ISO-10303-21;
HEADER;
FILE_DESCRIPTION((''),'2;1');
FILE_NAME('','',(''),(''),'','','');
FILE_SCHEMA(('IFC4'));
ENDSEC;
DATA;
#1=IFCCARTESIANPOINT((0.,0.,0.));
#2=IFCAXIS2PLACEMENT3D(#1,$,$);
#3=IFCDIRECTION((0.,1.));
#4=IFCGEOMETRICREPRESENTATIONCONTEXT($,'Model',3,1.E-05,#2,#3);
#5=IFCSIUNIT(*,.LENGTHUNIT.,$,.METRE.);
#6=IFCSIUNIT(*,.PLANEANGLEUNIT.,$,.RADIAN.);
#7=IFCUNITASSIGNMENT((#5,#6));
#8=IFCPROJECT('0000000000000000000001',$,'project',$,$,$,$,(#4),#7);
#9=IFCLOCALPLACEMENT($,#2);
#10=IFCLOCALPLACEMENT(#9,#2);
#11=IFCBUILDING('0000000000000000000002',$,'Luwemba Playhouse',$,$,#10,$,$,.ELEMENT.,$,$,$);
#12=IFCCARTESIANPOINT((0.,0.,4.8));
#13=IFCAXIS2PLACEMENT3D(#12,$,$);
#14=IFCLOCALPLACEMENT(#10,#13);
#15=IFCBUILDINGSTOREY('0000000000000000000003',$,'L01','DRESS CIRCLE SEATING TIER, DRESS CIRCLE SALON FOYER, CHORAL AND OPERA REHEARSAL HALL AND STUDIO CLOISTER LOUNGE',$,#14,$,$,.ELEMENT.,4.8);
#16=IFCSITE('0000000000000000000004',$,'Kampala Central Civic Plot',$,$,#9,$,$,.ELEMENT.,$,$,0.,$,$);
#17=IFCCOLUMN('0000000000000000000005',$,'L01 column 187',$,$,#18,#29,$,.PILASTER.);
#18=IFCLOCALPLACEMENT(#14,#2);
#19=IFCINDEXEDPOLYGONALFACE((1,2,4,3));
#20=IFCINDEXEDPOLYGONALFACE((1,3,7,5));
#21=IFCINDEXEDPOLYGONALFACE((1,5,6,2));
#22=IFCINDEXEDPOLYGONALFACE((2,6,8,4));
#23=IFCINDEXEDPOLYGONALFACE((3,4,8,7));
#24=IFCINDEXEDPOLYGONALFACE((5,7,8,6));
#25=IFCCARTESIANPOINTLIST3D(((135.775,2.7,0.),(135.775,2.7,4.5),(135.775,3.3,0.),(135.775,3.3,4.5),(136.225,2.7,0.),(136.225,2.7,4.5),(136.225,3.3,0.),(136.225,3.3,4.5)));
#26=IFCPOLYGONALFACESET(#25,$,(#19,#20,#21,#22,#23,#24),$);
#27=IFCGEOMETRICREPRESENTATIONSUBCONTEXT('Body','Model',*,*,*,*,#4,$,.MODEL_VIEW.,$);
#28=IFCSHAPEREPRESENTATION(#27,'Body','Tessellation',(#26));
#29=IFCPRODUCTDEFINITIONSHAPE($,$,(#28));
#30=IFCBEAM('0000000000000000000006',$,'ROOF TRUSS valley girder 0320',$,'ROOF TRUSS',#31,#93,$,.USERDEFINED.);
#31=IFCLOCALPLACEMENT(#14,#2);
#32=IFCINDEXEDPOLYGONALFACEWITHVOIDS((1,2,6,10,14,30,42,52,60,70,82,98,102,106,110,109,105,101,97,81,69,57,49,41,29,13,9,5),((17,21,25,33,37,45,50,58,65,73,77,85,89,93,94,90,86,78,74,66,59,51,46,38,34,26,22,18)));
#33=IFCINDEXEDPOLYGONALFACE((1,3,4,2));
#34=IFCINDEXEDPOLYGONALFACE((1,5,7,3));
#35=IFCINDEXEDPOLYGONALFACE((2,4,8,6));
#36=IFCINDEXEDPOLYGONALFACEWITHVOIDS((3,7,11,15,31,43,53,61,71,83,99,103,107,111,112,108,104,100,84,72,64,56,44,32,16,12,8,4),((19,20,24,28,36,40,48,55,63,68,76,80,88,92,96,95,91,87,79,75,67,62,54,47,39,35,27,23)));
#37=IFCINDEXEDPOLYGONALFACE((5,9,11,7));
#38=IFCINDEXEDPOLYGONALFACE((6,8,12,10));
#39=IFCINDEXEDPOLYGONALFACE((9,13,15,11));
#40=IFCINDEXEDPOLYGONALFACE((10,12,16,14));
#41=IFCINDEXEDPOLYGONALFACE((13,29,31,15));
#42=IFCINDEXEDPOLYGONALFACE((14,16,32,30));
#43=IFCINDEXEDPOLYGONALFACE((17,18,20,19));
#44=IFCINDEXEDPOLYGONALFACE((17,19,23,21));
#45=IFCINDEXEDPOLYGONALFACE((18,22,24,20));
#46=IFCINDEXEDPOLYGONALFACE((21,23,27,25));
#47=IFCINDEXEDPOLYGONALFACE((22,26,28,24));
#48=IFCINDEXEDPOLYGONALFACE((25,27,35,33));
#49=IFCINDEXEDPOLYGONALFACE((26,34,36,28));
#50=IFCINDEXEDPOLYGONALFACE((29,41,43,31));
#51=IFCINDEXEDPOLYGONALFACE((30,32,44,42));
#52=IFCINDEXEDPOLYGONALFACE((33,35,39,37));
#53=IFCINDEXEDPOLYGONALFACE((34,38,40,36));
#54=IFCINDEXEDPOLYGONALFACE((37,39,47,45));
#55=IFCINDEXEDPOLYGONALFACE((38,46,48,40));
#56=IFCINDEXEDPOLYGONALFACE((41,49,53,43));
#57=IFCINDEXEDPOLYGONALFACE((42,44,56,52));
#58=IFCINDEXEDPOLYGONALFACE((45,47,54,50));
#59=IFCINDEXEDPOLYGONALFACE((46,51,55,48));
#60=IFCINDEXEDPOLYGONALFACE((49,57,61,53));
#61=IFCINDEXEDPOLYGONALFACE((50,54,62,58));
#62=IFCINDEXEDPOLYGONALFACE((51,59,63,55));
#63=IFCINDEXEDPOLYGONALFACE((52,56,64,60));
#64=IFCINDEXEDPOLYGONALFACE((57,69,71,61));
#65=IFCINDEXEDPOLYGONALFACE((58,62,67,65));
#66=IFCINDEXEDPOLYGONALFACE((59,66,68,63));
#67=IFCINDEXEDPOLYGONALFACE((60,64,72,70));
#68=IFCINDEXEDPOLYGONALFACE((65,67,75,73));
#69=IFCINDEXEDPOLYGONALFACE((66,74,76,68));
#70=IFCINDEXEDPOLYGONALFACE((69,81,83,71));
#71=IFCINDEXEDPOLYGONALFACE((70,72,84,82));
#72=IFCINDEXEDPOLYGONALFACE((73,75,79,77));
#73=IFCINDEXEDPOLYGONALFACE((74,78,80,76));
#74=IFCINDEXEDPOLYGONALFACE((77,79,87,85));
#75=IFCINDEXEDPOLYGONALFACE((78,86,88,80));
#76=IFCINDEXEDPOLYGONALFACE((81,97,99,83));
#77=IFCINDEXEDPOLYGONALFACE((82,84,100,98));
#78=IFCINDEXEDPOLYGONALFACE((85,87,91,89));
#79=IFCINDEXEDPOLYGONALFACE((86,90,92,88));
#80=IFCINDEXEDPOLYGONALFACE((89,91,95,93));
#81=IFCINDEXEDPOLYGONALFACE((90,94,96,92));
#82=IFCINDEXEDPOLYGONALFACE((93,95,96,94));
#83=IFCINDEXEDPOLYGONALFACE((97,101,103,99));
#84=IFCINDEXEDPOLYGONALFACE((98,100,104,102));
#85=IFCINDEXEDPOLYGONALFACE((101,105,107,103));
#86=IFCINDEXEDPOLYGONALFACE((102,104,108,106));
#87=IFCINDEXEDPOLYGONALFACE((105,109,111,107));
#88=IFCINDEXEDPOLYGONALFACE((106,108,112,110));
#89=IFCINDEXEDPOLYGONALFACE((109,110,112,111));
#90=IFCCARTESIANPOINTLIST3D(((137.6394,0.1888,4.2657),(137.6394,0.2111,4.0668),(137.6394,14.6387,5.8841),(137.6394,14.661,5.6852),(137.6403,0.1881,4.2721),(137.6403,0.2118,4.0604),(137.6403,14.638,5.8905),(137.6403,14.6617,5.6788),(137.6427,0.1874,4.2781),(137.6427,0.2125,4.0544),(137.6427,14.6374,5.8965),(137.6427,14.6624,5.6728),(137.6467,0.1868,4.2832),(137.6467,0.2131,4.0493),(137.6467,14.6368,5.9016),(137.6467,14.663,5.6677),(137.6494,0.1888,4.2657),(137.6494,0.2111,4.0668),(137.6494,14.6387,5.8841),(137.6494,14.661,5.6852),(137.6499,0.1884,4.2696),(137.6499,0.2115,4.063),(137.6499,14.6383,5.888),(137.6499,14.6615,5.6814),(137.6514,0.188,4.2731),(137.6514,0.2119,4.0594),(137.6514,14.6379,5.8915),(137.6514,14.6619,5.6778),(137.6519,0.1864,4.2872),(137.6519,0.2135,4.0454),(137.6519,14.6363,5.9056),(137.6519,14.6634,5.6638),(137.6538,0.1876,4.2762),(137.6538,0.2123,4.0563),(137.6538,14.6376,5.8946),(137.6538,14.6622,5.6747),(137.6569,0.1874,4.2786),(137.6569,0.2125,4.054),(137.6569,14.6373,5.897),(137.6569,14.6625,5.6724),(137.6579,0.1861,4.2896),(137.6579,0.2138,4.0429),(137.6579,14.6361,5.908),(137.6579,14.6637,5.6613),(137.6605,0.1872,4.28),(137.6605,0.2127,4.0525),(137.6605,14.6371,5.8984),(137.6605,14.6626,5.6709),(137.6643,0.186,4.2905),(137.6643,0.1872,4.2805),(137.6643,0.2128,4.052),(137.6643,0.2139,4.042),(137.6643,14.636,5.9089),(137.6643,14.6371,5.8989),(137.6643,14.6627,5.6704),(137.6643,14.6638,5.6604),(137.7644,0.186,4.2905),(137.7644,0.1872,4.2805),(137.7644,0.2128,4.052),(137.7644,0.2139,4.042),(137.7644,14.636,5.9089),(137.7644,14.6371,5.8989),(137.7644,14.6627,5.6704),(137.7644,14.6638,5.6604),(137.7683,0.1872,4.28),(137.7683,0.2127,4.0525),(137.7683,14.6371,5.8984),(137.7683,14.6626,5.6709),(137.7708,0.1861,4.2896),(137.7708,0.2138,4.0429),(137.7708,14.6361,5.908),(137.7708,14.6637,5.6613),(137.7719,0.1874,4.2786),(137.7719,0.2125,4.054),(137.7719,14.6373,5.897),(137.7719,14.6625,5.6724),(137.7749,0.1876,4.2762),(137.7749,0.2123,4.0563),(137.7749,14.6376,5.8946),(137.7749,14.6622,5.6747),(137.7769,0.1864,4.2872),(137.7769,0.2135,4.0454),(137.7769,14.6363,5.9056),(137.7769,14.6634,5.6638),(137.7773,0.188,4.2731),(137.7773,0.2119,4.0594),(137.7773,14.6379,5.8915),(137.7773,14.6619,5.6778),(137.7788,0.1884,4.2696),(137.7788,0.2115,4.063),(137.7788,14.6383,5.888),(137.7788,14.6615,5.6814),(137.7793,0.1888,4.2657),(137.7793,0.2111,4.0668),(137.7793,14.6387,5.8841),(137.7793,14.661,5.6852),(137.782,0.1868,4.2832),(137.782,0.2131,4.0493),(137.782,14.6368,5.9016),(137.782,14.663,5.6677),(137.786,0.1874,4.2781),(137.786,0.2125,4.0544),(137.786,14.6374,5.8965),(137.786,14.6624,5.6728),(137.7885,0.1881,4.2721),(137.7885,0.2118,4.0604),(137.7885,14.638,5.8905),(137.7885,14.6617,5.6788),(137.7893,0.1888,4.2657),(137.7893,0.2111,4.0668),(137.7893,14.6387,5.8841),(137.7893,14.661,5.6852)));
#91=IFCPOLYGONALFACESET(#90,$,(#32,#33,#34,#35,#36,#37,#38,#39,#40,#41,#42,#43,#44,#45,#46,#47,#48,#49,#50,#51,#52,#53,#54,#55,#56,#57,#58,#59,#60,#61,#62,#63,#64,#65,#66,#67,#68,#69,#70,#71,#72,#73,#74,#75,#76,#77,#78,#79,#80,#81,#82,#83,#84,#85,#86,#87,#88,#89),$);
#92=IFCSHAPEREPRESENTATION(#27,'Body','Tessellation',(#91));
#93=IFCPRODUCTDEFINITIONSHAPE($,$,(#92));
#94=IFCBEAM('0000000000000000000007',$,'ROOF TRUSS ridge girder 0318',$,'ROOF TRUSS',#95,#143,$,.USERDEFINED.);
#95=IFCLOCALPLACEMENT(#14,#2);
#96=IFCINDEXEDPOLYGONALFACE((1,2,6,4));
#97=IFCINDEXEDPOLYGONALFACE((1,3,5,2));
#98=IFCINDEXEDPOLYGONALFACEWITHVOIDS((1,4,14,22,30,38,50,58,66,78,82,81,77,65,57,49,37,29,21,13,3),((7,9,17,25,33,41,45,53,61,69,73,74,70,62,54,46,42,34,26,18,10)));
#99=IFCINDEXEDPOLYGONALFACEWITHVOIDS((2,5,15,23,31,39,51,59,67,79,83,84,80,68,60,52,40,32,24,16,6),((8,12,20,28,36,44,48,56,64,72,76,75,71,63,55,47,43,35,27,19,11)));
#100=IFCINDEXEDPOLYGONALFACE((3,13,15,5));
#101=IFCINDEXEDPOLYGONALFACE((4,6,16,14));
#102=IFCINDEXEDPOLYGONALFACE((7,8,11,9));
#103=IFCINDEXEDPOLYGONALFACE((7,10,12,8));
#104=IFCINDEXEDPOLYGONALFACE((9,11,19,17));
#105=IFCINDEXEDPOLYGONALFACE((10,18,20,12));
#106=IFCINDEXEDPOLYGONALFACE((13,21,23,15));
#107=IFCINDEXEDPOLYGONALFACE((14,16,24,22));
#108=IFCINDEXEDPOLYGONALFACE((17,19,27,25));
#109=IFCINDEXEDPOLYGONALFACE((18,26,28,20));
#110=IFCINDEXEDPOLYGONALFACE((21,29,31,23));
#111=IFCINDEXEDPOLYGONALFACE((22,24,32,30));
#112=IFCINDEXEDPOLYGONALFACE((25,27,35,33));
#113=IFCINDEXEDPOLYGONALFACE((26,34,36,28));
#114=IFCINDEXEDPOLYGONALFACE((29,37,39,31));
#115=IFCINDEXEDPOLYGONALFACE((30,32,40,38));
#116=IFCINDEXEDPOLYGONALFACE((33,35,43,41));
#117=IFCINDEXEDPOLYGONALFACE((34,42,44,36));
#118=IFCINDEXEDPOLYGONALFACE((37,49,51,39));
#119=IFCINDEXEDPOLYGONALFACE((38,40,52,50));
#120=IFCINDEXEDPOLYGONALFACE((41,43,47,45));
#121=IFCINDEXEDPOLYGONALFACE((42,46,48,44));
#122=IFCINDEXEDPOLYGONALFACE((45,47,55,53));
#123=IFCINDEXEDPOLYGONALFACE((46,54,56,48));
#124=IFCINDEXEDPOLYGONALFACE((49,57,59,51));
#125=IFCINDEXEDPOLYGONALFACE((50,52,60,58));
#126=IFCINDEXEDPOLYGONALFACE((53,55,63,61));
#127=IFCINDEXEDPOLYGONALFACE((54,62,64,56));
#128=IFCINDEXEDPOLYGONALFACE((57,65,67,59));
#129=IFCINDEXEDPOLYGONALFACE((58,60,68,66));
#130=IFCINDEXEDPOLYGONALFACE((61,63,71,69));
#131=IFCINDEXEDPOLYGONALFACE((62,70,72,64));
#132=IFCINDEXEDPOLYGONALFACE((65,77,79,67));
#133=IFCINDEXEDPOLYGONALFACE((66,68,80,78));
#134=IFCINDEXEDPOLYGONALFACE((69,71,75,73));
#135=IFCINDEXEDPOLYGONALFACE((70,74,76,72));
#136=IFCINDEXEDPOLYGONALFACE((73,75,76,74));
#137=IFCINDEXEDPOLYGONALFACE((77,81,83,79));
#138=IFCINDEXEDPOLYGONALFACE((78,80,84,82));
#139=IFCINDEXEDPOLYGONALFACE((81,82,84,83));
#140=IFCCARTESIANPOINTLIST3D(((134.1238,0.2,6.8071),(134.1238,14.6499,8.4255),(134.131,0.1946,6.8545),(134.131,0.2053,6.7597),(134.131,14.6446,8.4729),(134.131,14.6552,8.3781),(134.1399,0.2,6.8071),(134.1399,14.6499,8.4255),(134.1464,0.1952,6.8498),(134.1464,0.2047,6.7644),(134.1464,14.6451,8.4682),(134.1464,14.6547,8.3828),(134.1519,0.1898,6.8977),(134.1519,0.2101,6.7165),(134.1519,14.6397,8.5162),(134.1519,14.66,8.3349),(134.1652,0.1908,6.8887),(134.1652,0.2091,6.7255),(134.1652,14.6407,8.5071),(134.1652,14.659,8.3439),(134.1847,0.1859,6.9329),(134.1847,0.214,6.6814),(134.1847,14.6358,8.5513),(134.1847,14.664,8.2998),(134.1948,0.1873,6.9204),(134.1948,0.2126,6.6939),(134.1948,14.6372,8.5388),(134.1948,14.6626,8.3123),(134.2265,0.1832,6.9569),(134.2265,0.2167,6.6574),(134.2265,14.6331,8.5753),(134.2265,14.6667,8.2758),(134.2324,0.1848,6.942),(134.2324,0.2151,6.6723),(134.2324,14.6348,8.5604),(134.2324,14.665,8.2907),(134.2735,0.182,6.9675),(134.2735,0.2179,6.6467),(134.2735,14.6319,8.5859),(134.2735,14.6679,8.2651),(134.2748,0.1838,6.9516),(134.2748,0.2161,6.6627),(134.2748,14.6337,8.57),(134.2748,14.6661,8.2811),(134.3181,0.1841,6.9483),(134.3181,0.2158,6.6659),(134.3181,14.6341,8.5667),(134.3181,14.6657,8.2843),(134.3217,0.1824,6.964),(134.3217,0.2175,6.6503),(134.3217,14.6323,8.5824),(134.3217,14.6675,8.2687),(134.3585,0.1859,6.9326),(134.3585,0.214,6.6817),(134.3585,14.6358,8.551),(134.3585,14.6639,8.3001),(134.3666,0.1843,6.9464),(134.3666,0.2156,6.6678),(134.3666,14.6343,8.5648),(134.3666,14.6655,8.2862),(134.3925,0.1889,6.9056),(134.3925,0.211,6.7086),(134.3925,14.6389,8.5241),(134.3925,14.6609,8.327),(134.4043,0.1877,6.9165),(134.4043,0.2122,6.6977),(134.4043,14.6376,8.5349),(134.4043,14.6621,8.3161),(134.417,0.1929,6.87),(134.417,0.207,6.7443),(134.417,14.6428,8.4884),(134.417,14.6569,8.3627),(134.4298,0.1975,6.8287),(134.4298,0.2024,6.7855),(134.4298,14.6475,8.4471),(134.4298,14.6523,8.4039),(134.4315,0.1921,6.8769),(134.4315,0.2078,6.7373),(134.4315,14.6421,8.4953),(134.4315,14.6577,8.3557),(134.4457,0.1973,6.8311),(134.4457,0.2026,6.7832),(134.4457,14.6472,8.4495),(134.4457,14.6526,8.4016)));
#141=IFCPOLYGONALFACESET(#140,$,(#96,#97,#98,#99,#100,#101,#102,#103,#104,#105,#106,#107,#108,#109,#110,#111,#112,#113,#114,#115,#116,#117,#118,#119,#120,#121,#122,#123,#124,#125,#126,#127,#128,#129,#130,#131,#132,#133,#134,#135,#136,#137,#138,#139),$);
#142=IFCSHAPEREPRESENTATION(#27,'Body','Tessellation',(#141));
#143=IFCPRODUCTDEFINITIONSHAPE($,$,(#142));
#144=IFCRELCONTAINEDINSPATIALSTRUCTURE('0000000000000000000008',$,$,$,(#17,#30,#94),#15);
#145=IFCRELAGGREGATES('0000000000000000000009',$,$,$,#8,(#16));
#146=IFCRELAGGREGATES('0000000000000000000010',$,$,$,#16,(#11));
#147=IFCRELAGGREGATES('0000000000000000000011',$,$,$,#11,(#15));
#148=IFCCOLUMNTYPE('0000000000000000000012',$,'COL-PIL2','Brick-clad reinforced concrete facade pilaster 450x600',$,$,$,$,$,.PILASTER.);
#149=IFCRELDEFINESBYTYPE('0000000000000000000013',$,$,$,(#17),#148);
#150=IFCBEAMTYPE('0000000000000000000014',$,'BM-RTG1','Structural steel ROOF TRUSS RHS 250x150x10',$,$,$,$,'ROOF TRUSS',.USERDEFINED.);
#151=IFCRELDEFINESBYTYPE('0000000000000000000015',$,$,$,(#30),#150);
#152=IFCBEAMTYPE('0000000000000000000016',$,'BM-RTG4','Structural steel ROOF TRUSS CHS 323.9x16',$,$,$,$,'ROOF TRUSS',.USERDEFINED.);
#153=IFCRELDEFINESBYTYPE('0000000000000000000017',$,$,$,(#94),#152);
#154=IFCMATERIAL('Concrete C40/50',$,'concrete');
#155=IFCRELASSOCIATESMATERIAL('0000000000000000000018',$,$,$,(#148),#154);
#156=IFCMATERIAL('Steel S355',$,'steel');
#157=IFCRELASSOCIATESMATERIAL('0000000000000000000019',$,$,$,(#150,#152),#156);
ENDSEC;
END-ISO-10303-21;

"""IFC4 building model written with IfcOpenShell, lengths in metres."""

from ifc_helpers import new_model, si_unit, direction, frame, origin, origin_2d, place, context, subcontext, project, spatial, rectangle, hollow_rectangle, hollow_circle, extrude, material, material_profile, profile_set, type_object, element, save


model = new_model("IFC4")

# Units and contexts
model_context = context("Model", 3, precision=1e-05, world=origin(), true_north=direction((0.0, 1.0)))
body_context = subcontext(model_context, "Body", "Model", "MODEL_VIEW")
ifc_project = project(units=[si_unit("LENGTHUNIT", "METRE"), si_unit("PLANEANGLEUNIT", "RADIAN")], contexts=[model_context])

# Site, building, storey
site_placement = place(None, origin())
site = spatial("IfcSite", under=ifc_project, at=site_placement, Name="Kampala Central Civic Plot", CompositionType="ELEMENT", RefElevation=0.0)
building_placement = place(site_placement, origin())
building = spatial("IfcBuilding", under=site, at=building_placement, Name="Luwemba Playhouse", CompositionType="ELEMENT")
storey_placement = place(building_placement, frame((0.0, 0.0, 4.8)))
storey = spatial("IfcBuildingStorey", under=building, at=storey_placement, Name="L01", Description="DRESS CIRCLE SEATING TIER, DRESS CIRCLE SALON FOYER, CHORAL AND OPERA REHEARSAL HALL AND STUDIO CLOISTER LOUNGE", CompositionType="ELEMENT", Elevation=4.8)

# Column
ifc_material_1 = material(Name="Concrete C40/50", Category="concrete")
ifc_material_profile_1 = material_profile(ifc_material_1, rectangle(XDim=0.45, YDim=0.6001, at=origin_2d()))
ifc_profile_set_1 = profile_set([ifc_material_profile_1], Name="Concrete C40/50")
column_type = type_object("IfcColumnType", Name="COL-PIL2", Description="Brick-clad reinforced concrete facade pilaster 450x600", PredefinedType="PILASTER", material=ifc_profile_set_1)
column_placement = place(storey_placement, frame((136.0, 3.0, 0.0), z_axis=(0.0, 0.0, 1.0), x_axis=(1.0, 0.0, 0.0)))
element("IfcColumn", 1, at=column_placement, inside=storey, type_object=column_type, Name="L01 column 187", PredefinedType="PILASTER", context=body_context, shape_type="SweptSolid", body=[
    extrude(rectangle(XDim=0.45, YDim=0.6001, at=origin_2d()), origin(), (0.0, 0.0, 1.0), 4.5),
])

# Beams
ifc_material_2 = material(Name="Steel S355", Category="steel")
ifc_material_profile_2 = material_profile(ifc_material_2, hollow_rectangle(XDim=0.1499, YDim=0.25, WallThickness=0.01, InnerFilletRadius=0.0149, OuterFilletRadius=0.0249, at=origin_2d()))
ifc_profile_set_2 = profile_set([ifc_material_profile_2], Name="Steel S355")
beam_type_1 = type_object("IfcBeamType", Name="BM-RTG1", Description="Structural steel ROOF TRUSS RHS 250x150x10", ElementType="ROOF TRUSS", PredefinedType="USERDEFINED", material=ifc_profile_set_2)
beam_1_placement = place(storey_placement, frame((137.7144, 0.2, 4.1663), z_axis=(0.0, 0.993786, 0.111305), x_axis=(-1.0, 0.0, 0.0)))
element("IfcBeam", 2, at=beam_1_placement, inside=storey, type_object=beam_type_1, Name="ROOF TRUSS valley girder 0320", ObjectType="ROOF TRUSS", PredefinedType="USERDEFINED", context=body_context, shape_type="SweptSolid", body=[
    extrude(hollow_rectangle(XDim=0.1499, YDim=0.25, WallThickness=0.01, InnerFilletRadius=0.0149, OuterFilletRadius=0.0249, at=origin_2d()), origin(), (0.0, 0.0, 1.0), 14.5403),
])
ifc_material_profile_3 = material_profile(ifc_material_2, hollow_circle(Radius=0.1619, WallThickness=0.0161, at=origin_2d()))
ifc_profile_set_3 = profile_set([ifc_material_profile_3], Name="Steel S355")
beam_type_2 = type_object("IfcBeamType", Name="BM-RTG4", Description="Structural steel ROOF TRUSS CHS 323.9x16", ElementType="ROOF TRUSS", PredefinedType="USERDEFINED", material=ifc_profile_set_3)
beam_2_placement = place(storey_placement, frame((134.2856, 0.2, 6.8071), z_axis=(0.0, 0.993786, 0.111305), x_axis=(-1.0, 0.0, 0.0)))
element("IfcBeam", 3, at=beam_2_placement, inside=storey, type_object=beam_type_2, Name="ROOF TRUSS ridge girder 0318", ObjectType="ROOF TRUSS", PredefinedType="USERDEFINED", context=body_context, shape_type="SweptSolid", body=[
    extrude(hollow_circle(Radius=0.1619, WallThickness=0.0161, at=origin_2d()), origin(), (0.0, 0.0, 1.0), 14.5403),
])

save(model, "model.ifc")
